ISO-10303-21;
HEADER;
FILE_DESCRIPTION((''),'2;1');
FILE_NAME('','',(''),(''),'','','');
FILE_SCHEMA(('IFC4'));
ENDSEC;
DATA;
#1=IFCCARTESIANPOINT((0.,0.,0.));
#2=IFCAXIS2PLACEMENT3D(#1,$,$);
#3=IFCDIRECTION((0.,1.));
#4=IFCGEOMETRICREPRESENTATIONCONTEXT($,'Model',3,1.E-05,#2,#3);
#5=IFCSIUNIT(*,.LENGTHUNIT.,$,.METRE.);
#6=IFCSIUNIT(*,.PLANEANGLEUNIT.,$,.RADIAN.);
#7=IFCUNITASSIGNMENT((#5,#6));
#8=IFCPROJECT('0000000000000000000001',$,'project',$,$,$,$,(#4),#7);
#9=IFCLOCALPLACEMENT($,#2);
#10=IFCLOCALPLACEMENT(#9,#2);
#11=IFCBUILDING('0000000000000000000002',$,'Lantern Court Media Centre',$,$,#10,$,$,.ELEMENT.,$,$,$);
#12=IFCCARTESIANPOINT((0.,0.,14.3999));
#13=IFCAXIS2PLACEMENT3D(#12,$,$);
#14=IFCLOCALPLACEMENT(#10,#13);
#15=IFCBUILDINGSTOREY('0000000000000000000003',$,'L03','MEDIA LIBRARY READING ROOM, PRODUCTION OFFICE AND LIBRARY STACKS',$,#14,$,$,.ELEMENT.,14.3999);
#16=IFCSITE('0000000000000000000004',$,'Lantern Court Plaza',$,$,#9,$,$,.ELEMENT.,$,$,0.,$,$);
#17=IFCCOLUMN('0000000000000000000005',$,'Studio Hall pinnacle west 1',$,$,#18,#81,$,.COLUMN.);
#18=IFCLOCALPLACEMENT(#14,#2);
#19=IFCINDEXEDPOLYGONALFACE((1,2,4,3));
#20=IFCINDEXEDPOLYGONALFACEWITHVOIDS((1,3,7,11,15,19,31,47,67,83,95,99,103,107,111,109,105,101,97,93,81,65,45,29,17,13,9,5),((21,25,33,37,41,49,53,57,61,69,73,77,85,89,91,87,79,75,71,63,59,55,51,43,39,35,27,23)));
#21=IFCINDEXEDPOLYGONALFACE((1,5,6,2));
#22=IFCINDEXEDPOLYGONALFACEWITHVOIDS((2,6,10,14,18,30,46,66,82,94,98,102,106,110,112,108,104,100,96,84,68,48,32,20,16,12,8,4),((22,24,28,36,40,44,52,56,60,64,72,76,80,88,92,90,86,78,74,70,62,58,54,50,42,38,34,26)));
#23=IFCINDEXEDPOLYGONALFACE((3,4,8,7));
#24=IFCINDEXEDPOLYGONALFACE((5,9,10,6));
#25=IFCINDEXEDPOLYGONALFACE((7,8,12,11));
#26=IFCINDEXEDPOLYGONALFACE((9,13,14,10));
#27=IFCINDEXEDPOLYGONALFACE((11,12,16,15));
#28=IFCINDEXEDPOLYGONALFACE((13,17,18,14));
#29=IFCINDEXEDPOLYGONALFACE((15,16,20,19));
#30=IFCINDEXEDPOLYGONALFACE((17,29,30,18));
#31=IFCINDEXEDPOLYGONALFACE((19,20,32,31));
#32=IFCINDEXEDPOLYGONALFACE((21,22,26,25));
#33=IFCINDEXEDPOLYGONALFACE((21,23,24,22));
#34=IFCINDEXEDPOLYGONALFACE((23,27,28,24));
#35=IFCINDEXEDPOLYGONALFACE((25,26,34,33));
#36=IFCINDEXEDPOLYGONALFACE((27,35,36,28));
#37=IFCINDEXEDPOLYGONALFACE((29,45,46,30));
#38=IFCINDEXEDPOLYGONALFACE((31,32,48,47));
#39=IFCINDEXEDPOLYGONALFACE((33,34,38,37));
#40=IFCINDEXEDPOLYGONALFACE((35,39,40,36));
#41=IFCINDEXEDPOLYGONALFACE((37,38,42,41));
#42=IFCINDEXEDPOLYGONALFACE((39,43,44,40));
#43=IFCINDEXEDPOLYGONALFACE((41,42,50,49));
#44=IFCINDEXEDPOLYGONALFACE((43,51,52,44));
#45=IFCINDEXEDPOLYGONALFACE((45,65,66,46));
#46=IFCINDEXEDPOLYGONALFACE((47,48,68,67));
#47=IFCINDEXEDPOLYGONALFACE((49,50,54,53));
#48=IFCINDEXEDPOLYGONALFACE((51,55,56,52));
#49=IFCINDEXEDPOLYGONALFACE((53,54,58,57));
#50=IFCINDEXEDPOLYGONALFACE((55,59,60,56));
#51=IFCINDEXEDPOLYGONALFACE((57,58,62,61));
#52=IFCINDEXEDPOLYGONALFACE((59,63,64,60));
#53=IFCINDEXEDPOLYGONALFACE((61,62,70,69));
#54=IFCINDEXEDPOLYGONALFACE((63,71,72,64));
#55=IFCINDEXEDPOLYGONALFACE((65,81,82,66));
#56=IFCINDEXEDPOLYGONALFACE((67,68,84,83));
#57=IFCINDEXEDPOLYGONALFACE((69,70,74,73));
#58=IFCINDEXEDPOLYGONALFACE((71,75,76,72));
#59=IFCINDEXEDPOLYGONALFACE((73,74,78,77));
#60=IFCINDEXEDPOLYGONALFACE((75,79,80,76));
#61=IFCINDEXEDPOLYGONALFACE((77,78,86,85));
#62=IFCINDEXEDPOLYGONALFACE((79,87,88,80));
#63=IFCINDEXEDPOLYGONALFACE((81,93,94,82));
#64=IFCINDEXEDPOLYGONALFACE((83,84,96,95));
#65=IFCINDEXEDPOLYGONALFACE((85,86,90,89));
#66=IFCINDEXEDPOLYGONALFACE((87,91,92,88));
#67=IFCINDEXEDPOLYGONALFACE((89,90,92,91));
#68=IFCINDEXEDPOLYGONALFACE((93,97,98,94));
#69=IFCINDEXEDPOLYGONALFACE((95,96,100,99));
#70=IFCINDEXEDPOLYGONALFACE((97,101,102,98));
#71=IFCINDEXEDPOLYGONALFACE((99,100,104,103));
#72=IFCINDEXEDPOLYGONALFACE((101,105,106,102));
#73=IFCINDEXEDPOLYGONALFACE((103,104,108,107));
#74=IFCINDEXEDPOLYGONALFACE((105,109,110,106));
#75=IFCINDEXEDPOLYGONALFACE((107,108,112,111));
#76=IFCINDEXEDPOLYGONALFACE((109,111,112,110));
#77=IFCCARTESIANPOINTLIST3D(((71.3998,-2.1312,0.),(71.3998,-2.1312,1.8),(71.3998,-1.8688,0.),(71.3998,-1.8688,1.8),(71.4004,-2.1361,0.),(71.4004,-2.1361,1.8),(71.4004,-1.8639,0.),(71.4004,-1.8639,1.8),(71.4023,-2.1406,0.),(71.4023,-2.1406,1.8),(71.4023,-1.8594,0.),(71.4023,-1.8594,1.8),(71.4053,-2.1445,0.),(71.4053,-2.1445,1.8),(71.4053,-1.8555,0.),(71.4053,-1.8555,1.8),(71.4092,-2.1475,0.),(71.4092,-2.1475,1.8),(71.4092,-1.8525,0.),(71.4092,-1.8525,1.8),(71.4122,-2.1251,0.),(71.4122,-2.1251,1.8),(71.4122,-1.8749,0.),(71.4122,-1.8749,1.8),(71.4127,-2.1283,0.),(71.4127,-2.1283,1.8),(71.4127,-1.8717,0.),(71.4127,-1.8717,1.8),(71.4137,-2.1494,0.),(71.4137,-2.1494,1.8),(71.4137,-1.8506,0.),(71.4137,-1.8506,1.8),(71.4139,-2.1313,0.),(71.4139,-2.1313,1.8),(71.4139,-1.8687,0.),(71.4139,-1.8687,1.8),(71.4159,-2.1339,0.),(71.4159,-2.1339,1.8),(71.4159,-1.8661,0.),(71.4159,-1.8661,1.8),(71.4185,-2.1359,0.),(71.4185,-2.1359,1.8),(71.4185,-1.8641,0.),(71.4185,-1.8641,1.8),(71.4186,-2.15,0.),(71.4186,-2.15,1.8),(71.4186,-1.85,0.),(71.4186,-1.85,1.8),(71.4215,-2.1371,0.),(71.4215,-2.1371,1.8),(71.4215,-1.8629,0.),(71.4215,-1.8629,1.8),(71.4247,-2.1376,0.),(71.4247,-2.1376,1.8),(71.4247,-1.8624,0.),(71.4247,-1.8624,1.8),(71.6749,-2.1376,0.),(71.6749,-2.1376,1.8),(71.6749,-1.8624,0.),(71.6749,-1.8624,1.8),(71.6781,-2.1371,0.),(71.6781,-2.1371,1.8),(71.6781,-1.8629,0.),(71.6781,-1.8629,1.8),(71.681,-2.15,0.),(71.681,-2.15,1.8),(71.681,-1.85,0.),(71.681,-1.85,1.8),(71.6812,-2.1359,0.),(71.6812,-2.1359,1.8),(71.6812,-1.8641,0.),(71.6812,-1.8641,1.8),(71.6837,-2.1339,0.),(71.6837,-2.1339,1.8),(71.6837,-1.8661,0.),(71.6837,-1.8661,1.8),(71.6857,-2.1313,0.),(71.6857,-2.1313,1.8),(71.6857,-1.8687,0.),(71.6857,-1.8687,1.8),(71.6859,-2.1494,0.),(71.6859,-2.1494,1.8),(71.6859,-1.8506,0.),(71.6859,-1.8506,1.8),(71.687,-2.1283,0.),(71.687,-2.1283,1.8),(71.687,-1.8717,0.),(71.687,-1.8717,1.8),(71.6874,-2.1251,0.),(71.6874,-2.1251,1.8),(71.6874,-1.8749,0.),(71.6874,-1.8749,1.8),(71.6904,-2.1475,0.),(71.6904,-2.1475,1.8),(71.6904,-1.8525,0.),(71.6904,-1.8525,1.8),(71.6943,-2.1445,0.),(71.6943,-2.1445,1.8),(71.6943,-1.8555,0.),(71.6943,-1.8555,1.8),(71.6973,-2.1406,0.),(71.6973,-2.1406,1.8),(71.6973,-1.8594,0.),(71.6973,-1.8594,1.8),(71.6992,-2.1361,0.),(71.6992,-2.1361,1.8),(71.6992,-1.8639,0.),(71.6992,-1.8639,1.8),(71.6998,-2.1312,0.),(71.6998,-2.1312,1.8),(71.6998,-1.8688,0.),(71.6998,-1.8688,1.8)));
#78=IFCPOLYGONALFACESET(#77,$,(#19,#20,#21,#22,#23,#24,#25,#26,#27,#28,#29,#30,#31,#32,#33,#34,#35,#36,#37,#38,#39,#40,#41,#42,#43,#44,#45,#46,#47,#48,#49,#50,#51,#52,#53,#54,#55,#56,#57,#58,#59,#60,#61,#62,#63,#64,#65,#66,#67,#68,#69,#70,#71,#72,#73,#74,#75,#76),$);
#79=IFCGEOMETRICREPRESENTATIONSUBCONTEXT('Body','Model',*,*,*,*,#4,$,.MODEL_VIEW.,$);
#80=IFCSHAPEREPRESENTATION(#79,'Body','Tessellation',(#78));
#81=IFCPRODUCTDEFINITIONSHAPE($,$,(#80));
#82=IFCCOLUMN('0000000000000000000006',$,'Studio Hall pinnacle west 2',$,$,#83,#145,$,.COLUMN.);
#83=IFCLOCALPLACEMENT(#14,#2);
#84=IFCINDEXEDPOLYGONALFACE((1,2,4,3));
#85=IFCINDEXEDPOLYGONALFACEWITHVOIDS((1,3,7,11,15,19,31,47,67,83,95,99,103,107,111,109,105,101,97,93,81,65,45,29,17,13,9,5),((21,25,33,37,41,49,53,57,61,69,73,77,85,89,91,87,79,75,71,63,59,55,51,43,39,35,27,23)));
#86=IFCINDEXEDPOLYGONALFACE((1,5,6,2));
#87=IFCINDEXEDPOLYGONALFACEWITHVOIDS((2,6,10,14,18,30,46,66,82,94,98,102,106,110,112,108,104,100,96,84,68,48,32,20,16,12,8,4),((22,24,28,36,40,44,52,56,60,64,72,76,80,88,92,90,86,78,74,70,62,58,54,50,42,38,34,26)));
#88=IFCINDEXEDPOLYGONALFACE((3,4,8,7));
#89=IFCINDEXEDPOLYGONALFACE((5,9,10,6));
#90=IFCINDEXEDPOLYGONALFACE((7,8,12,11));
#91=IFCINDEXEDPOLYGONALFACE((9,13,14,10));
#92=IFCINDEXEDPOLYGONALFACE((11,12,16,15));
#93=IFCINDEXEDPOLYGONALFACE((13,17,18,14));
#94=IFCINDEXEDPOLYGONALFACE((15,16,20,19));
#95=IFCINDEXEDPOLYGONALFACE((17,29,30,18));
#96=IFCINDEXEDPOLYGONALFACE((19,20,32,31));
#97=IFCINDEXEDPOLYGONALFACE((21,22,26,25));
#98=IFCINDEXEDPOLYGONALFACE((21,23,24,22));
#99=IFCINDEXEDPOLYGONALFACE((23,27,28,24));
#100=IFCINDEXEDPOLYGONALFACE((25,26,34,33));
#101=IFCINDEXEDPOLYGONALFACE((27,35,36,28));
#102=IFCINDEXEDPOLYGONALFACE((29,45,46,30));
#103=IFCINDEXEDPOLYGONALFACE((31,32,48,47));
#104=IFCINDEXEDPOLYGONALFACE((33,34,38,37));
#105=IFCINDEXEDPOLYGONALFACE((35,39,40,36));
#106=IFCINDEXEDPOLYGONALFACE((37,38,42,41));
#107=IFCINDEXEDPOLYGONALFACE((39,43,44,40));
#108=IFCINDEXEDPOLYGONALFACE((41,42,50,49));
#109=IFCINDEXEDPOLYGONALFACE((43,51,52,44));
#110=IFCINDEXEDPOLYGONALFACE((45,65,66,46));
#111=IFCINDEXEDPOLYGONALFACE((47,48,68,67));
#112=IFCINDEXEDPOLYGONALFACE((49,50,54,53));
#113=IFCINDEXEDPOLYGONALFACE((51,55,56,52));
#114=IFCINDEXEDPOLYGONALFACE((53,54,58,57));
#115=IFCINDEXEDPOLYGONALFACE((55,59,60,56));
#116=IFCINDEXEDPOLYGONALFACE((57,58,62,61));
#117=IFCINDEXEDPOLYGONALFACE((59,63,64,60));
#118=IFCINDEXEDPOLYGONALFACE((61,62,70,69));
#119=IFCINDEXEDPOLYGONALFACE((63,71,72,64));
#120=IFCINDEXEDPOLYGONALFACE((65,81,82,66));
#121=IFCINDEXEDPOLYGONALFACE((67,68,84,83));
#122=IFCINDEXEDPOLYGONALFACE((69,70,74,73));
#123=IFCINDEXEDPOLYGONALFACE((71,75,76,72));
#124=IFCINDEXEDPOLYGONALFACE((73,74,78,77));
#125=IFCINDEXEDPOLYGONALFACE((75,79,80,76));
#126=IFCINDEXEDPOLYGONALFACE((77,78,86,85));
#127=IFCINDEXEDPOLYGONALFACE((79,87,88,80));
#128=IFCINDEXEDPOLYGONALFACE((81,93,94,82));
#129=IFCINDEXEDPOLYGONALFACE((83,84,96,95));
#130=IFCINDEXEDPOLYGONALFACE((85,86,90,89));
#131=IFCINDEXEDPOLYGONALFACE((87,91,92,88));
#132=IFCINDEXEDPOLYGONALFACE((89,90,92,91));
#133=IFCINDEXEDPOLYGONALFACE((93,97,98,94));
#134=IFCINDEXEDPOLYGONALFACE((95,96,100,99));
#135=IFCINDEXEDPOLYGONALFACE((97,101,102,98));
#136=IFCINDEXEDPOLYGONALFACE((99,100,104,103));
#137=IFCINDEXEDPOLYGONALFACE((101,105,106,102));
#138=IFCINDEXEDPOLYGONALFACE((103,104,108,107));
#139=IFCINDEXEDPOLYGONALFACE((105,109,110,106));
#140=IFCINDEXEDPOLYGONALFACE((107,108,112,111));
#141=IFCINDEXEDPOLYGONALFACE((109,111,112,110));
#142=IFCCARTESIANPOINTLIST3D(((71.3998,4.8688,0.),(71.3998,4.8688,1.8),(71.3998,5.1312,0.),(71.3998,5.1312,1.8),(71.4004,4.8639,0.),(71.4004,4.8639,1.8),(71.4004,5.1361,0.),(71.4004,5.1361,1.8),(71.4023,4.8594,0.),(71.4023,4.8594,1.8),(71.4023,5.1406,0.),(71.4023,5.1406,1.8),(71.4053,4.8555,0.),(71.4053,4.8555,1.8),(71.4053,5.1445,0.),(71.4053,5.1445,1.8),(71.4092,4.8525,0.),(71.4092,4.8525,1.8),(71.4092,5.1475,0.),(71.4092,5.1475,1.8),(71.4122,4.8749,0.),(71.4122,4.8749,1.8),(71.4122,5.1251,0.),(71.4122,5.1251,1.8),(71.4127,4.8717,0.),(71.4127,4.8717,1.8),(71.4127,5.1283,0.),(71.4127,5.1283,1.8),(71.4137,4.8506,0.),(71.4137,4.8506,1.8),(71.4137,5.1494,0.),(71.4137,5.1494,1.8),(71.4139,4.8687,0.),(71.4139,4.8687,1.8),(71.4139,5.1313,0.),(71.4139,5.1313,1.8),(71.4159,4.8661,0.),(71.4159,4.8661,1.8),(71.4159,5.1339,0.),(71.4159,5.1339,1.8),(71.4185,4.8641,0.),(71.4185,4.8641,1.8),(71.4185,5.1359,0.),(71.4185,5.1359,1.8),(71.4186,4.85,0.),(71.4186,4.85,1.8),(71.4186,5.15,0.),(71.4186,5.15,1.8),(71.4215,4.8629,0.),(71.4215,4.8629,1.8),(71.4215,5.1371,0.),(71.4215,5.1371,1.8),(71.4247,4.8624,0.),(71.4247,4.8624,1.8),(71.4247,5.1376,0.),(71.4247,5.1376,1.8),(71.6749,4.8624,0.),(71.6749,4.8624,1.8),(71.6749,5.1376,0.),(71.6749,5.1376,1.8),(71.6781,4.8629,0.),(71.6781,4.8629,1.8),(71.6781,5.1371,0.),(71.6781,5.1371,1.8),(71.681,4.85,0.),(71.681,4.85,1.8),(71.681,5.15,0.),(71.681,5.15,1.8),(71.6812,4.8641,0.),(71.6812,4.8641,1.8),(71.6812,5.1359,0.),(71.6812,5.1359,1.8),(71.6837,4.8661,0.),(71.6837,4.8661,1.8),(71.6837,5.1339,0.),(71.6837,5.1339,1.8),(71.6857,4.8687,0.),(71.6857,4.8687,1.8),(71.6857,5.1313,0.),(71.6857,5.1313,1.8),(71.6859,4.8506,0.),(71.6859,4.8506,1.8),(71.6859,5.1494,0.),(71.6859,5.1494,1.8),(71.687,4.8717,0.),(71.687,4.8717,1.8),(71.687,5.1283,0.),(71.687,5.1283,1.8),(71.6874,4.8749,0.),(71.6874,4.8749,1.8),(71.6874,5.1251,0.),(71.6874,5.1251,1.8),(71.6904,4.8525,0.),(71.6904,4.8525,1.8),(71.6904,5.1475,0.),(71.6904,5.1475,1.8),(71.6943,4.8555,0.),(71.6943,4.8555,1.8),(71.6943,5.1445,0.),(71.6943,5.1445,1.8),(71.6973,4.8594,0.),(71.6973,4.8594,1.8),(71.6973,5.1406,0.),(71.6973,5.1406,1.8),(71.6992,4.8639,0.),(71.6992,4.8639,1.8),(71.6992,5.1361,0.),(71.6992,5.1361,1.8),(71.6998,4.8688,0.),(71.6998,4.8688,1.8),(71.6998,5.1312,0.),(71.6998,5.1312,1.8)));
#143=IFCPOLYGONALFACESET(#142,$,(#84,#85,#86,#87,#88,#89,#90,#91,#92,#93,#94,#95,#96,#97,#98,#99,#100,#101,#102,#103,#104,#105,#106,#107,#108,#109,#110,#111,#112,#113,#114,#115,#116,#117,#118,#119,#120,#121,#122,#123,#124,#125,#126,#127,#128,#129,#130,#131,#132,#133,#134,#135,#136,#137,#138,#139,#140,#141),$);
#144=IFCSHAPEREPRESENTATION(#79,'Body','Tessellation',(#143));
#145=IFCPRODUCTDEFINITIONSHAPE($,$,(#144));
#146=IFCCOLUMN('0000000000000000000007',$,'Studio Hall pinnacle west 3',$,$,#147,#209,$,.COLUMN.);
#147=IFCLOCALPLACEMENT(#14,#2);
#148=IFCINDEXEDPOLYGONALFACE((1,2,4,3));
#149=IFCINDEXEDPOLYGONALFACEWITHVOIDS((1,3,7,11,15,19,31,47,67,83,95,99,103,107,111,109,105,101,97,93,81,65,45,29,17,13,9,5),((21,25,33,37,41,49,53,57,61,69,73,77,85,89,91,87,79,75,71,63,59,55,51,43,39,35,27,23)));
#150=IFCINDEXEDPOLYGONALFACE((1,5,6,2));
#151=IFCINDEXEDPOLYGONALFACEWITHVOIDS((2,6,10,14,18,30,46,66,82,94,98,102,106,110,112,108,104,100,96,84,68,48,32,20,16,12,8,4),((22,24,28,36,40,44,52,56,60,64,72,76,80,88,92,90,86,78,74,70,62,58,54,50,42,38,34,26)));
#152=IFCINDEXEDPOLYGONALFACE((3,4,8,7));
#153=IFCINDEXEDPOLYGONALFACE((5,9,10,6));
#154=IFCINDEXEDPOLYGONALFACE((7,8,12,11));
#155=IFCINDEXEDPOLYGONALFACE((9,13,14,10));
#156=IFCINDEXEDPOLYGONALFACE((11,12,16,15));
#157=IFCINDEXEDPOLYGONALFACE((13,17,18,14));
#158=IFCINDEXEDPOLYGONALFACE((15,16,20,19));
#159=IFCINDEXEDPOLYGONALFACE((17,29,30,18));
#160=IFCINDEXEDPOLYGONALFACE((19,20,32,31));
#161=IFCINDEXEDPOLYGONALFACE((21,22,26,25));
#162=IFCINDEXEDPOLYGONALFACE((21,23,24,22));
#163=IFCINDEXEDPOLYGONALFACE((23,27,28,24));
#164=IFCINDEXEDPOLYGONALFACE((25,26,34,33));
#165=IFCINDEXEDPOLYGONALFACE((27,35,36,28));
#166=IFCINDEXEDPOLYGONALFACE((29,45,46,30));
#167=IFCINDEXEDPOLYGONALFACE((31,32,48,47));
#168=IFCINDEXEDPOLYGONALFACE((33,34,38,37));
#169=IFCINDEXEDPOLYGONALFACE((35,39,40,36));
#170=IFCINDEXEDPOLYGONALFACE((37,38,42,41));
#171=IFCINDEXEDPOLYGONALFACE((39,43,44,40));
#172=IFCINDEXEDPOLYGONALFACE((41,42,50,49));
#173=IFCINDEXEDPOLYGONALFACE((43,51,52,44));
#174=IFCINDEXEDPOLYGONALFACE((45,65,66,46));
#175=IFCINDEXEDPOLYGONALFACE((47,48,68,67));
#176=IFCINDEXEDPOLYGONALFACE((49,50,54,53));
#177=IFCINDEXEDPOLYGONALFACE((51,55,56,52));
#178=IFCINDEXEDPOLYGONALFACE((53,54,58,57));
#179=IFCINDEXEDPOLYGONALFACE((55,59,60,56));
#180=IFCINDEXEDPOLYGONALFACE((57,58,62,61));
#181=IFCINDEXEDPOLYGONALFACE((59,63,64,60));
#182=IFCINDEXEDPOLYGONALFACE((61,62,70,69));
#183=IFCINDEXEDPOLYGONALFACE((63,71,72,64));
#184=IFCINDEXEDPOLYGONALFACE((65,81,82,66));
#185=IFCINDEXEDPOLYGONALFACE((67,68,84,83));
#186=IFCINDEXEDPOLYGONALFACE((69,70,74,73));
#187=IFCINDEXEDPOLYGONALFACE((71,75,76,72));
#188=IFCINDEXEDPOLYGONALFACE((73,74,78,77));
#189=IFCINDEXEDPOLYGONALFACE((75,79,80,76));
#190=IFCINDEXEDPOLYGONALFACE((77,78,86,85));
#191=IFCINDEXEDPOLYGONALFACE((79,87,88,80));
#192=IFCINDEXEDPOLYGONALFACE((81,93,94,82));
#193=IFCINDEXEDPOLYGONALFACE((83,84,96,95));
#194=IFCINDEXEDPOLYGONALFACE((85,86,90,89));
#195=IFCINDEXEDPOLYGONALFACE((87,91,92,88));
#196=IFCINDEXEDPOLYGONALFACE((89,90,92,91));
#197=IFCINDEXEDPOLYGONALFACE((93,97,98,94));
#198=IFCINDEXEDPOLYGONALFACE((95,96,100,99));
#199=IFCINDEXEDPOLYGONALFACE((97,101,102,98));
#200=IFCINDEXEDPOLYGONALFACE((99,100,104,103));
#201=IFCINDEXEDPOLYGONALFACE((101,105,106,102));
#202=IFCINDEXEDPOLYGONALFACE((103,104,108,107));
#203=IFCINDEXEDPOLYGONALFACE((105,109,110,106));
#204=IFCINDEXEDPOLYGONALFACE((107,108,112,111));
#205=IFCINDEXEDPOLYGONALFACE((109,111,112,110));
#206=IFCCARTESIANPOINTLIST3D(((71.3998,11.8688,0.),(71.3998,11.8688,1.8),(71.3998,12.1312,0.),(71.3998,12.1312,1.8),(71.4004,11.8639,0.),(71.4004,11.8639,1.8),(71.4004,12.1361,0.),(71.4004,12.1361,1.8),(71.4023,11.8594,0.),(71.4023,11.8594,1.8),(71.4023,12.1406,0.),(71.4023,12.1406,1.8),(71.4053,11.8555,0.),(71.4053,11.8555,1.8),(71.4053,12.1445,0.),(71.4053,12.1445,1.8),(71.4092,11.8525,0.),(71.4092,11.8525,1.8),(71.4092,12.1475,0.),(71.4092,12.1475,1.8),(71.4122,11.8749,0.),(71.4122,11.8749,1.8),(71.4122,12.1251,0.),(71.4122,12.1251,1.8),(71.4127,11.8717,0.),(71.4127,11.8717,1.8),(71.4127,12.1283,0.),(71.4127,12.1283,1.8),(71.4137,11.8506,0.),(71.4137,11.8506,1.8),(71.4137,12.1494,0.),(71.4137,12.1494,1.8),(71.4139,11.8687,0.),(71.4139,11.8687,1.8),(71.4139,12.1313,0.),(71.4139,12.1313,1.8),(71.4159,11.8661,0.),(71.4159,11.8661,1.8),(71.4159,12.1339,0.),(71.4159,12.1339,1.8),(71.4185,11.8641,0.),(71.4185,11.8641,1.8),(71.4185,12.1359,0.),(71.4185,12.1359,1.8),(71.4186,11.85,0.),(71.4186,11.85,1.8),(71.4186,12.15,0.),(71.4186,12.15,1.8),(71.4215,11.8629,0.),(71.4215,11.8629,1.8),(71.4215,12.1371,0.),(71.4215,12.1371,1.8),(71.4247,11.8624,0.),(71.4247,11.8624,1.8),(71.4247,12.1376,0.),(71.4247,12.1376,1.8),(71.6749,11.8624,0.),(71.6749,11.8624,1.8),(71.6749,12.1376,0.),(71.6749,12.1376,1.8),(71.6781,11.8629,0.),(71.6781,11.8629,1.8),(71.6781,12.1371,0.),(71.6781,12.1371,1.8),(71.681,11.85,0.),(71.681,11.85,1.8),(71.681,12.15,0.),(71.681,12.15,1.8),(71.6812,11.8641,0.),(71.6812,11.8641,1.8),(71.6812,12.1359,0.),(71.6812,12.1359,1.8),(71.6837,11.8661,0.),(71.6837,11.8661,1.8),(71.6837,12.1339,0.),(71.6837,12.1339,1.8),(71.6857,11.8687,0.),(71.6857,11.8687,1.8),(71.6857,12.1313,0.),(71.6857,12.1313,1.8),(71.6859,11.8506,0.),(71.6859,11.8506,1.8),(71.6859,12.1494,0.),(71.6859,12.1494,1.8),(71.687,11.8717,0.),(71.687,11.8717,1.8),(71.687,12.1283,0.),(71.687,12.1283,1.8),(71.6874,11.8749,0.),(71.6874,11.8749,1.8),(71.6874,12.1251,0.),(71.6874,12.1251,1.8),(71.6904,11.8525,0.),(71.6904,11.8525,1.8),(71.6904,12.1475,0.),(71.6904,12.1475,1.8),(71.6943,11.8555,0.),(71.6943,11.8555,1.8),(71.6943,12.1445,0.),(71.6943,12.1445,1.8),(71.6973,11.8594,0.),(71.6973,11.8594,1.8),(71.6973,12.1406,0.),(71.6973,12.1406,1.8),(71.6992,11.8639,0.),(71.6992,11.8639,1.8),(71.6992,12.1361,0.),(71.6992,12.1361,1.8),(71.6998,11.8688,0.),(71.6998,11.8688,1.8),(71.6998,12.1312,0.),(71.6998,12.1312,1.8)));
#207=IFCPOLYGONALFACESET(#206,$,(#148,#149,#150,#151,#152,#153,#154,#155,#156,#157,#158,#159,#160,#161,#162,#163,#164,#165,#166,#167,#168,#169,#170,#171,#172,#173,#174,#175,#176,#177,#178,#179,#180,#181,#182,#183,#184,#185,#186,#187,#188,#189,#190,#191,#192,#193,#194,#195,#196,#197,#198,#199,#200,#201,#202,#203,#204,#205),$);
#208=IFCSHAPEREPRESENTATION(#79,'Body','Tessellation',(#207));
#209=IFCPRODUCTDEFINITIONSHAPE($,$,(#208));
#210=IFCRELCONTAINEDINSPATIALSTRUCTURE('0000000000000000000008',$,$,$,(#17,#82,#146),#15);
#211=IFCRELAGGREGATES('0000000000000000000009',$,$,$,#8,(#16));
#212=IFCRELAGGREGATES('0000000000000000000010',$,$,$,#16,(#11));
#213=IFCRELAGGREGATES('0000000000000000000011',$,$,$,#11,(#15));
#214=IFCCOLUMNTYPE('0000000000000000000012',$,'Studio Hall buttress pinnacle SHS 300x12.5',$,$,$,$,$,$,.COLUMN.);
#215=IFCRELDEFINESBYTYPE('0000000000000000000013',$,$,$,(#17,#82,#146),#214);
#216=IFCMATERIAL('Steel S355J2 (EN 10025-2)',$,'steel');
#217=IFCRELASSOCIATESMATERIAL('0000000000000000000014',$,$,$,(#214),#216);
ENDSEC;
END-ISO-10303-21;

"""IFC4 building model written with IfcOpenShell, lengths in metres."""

from ifc_helpers import new_model, si_unit, direction, frame, origin, origin_2d, place, context, subcontext, project, spatial, hollow_rectangle, extrude, material, material_profile, profile_set, type_object, element, save


model = new_model("IFC4")

# Units and contexts
model_context = context("Model", 3, precision=1e-05, world=origin(), true_north=direction((0.0, 1.0)))
body_context = subcontext(model_context, "Body", "Model", "MODEL_VIEW")
ifc_project = project(units=[si_unit("LENGTHUNIT", "METRE"), si_unit("PLANEANGLEUNIT", "RADIAN")], contexts=[model_context])

# Site, building, storey
site_placement = place(None, origin())
site = spatial("IfcSite", under=ifc_project, at=site_placement, Name="Lantern Court Plaza", CompositionType="ELEMENT", RefElevation=0.0)
building_placement = place(site_placement, origin())
building = spatial("IfcBuilding", under=site, at=building_placement, Name="Lantern Court Media Centre", CompositionType="ELEMENT")
storey_placement = place(building_placement, frame((0.0, 0.0, 14.3999)))
storey = spatial("IfcBuildingStorey", under=building, at=storey_placement, Name="L03", Description="MEDIA LIBRARY READING ROOM, PRODUCTION OFFICE AND LIBRARY STACKS", CompositionType="ELEMENT", Elevation=14.3999)

# Columns
ifc_material_1 = material(Name="Steel S355J2 (EN 10025-2)", Category="steel")
ifc_material_profile_1 = material_profile(ifc_material_1, hollow_rectangle(XDim=0.3, YDim=0.3, WallThickness=0.0125, InnerFilletRadius=0.0125, OuterFilletRadius=0.0188, at=origin_2d()), Name="Studio Hall buttress pinnacle SHS 300x12.5")
ifc_profile_set_1 = profile_set([ifc_material_profile_1], Name="Steel S355J2 (EN 10025-2)")
column_type_1 = type_object("IfcColumnType", Name="Studio Hall buttress pinnacle SHS 300x12.5", PredefinedType="COLUMN", material=ifc_profile_set_1)
for number, where, z_axis, x_axis, name in (
    (1, (71.5498, -2.0, 0.0), (0.0, 0.0, 1.0), (1.0, 0.0, 0.0), "Studio Hall pinnacle west 1"),
    (2, (71.5498, 5.0, 0.0), (0.0, 0.0, 1.0), (1.0, 0.0, 0.0), "Studio Hall pinnacle west 2"),
    (3, (71.5498, 12.0, 0.0), (0.0, 0.0, 1.0), (1.0, 0.0, 0.0), "Studio Hall pinnacle west 3"),
):
    element("IfcColumn", number, at=place(storey_placement, frame(where, z_axis=z_axis, x_axis=x_axis)), inside=storey, type_object=column_type_1, Name=name, PredefinedType="COLUMN", context=body_context, shape_type="SweptSolid", body=[
        extrude(hollow_rectangle(XDim=0.3, YDim=0.3, WallThickness=0.0125, InnerFilletRadius=0.0125, OuterFilletRadius=0.0188, at=origin_2d()), origin(), (0.0, 0.0, 1.0), 1.8),
    ])

save(model, "model.ifc")
